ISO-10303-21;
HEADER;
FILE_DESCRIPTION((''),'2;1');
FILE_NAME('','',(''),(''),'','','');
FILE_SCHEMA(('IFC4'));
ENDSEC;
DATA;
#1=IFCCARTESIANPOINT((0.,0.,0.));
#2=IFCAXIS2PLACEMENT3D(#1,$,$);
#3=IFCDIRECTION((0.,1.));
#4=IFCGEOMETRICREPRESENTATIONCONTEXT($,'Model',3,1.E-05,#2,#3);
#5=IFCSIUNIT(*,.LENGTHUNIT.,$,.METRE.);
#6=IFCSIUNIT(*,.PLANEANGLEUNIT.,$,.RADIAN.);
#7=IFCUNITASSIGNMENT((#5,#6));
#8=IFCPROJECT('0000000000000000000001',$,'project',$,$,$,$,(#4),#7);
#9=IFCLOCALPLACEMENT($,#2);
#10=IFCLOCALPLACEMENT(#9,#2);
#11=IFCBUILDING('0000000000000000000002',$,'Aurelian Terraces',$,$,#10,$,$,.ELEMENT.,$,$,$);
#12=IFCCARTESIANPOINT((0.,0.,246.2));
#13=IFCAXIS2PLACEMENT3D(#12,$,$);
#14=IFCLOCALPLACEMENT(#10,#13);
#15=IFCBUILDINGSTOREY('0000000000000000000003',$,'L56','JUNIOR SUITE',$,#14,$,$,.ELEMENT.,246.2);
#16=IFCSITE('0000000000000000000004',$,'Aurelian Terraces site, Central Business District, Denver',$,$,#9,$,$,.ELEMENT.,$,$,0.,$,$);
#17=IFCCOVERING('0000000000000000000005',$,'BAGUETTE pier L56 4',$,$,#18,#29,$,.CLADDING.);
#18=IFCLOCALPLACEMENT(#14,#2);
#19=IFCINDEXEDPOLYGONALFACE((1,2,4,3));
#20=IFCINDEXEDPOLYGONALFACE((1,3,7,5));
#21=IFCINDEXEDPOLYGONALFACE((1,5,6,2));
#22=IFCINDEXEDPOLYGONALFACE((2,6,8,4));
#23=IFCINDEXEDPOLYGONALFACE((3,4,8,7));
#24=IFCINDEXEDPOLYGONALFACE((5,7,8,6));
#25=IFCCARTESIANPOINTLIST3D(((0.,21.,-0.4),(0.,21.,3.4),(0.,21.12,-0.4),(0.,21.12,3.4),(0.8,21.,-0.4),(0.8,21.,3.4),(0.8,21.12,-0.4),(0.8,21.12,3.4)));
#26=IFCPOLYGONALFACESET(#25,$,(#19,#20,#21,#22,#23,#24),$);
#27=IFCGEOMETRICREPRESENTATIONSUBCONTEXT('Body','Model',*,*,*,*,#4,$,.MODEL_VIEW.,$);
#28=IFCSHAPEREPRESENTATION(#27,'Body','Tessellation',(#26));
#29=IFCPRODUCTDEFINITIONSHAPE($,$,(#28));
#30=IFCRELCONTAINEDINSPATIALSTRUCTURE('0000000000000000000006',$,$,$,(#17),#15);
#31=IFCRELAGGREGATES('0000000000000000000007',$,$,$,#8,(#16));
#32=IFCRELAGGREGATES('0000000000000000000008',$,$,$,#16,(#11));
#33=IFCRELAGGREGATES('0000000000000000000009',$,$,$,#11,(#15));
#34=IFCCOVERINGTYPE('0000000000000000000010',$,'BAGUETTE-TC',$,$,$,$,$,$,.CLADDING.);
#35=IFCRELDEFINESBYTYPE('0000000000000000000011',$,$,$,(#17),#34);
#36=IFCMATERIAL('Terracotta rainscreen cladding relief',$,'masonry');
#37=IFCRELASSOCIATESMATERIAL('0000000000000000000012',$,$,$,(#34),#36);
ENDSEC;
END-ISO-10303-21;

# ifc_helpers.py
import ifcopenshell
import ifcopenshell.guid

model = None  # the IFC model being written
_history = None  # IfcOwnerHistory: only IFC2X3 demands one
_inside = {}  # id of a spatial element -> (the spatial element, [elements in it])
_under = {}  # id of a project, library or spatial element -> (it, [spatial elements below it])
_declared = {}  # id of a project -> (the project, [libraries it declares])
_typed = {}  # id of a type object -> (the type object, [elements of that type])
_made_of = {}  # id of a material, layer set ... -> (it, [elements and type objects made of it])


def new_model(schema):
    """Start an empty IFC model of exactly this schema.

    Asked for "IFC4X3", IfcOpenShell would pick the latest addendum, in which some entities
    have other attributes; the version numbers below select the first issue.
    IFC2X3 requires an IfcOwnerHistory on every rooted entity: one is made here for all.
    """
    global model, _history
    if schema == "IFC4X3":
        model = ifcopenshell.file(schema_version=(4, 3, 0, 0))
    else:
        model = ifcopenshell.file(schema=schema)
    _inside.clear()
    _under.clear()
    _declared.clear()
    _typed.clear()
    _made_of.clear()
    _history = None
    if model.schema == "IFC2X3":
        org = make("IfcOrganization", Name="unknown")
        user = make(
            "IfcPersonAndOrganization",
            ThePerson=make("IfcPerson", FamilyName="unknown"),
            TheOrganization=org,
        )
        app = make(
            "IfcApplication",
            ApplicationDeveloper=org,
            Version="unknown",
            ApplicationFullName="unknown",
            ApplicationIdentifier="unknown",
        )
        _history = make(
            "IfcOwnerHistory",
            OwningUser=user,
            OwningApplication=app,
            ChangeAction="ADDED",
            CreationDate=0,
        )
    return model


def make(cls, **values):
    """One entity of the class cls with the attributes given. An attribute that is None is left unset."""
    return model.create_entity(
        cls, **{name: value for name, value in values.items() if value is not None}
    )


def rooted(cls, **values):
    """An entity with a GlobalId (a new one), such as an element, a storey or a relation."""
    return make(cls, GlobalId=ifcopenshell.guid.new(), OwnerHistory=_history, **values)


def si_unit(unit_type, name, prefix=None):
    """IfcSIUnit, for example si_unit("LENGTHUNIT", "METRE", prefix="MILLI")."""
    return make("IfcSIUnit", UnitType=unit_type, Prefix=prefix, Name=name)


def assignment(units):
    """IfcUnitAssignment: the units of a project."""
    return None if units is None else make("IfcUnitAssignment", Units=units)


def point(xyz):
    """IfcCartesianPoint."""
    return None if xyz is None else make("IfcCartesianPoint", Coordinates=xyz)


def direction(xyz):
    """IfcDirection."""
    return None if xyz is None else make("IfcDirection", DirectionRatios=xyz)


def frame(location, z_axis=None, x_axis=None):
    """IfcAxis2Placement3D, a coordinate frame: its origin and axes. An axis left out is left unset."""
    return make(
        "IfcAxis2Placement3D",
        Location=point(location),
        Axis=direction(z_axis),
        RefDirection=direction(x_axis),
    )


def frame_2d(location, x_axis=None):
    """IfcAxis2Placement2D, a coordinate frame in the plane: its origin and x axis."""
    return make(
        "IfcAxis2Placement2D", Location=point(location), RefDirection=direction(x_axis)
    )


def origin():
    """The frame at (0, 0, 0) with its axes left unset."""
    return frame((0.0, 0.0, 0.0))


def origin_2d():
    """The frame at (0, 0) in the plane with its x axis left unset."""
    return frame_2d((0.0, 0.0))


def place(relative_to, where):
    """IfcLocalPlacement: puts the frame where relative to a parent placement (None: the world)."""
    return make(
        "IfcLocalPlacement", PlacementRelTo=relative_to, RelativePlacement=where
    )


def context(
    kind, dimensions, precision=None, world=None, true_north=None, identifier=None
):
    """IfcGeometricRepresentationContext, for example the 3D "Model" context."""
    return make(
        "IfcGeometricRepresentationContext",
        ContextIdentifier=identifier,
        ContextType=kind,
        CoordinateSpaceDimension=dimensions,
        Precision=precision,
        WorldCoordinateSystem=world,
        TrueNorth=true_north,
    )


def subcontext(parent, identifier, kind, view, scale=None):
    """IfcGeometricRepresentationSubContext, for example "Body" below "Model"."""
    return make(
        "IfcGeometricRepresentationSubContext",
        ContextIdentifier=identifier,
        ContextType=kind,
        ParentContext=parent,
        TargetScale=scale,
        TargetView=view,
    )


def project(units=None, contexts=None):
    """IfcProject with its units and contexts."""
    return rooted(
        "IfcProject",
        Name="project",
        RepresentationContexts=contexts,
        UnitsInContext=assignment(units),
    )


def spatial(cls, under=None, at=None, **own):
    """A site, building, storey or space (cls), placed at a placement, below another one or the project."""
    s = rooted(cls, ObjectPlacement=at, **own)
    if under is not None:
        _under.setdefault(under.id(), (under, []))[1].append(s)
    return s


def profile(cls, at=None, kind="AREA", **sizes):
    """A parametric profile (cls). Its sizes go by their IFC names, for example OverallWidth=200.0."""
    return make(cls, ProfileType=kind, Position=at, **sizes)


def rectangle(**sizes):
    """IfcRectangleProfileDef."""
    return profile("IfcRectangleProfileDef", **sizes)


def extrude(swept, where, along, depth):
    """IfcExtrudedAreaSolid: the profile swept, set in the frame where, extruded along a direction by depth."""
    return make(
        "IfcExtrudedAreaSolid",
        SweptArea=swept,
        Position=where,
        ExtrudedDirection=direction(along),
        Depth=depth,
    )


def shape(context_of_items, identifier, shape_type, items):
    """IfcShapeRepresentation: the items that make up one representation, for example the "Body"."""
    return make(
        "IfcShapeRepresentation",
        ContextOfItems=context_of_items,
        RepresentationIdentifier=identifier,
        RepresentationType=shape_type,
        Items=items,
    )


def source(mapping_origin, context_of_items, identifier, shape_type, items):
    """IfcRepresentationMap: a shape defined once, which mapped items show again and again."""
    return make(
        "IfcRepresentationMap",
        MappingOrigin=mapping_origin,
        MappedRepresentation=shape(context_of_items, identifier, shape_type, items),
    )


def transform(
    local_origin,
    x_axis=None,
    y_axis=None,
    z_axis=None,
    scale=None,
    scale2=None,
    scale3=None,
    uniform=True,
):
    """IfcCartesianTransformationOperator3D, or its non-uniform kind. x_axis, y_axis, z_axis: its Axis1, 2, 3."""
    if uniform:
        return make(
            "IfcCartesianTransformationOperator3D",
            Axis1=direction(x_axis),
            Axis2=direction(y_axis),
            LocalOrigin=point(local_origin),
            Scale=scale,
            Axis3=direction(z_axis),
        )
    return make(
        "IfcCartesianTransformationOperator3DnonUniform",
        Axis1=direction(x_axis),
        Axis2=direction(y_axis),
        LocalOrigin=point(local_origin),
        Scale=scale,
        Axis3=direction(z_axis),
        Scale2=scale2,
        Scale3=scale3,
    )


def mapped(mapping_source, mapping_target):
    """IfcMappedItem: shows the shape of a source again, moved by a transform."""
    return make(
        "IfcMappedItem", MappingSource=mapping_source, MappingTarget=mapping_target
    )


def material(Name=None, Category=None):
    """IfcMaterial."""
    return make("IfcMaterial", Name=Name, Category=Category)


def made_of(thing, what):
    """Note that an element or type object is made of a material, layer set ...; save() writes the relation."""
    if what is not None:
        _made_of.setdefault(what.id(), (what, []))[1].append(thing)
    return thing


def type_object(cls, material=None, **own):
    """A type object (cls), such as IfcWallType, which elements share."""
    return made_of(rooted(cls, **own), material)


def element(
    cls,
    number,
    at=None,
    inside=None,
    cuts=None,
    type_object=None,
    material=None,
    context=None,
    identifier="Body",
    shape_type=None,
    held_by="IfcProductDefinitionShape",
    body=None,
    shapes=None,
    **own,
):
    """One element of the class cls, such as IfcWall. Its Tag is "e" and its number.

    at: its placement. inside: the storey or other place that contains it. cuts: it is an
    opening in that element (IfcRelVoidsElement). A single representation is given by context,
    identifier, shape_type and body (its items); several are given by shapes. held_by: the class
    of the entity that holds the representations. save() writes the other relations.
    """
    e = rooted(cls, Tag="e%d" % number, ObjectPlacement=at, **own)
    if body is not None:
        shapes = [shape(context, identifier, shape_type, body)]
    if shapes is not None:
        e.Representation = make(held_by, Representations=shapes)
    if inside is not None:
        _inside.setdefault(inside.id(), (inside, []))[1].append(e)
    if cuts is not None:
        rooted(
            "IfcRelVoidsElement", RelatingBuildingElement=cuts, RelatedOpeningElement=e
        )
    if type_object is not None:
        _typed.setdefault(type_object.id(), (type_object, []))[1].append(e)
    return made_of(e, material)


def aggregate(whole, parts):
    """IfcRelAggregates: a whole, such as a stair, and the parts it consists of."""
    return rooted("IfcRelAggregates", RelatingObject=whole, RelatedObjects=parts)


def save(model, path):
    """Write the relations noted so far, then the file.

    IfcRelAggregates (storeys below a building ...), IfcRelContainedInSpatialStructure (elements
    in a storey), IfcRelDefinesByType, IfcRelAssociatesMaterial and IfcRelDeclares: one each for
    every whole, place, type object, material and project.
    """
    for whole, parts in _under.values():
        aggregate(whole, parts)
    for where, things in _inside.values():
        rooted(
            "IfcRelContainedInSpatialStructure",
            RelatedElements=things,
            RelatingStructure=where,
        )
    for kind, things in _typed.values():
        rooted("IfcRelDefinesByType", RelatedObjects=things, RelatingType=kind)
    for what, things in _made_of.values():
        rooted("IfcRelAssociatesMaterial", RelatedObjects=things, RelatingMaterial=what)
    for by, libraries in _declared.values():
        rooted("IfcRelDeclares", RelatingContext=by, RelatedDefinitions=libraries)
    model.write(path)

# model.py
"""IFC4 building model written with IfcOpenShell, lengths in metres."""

from ifc_helpers import new_model, si_unit, direction, frame, origin, origin_2d, place, context, subcontext, project, spatial, rectangle, extrude, source, transform, mapped, material, type_object, element, save


model = new_model("IFC4")

# Units and contexts
model_context = context("Model", 3, precision=1e-05, world=origin(), true_north=direction((0.0, 1.0)))
body_context = subcontext(model_context, "Body", "Model", "MODEL_VIEW")
ifc_project = project(units=[si_unit("LENGTHUNIT", "METRE"), si_unit("PLANEANGLEUNIT", "RADIAN")], contexts=[model_context])

# Site, building, storey
site_placement = place(None, origin())
site = spatial("IfcSite", under=ifc_project, at=site_placement, Name="Aurelian Terraces site, Central Business District, Denver", CompositionType="ELEMENT", RefElevation=0.0)
building_placement = place(site_placement, origin())
building = spatial("IfcBuilding", under=site, at=building_placement, Name="Aurelian Terraces", CompositionType="ELEMENT")
storey_placement = place(building_placement, frame((0.0, 0.0, 246.2)))
storey = spatial("IfcBuildingStorey", under=building, at=storey_placement, Name="L56", Description="JUNIOR SUITE", CompositionType="ELEMENT", Elevation=246.2)

# Covering
ifc_material_1 = material(Name="Terracotta rainscreen cladding relief", Category="masonry")
covering_type = type_object("IfcCoveringType", Name="BAGUETTE-TC", PredefinedType="CLADDING", material=ifc_material_1)
shared_shape_1 = source(origin(), body_context, "Body", "SweptSolid", [
    extrude(rectangle(XDim=0.8, YDim=0.12, at=origin_2d()), origin(), (0.0, 0.0, 1.0), 3.8),
])
covering_placement = place(storey_placement, frame((0.4, 21.06, -0.4), z_axis=(0.0, 0.0, 1.0), x_axis=(1.0, 0.0, 0.0)))
element("IfcCovering", 1, at=covering_placement, inside=storey, type_object=covering_type, Name="BAGUETTE pier L56 4", PredefinedType="CLADDING", context=body_context, shape_type="MappedRepresentation", body=[
    mapped(shared_shape_1, transform((0.0, 0.0, 0.0), scale=1.0)),
])

save(model, "model.ifc")
